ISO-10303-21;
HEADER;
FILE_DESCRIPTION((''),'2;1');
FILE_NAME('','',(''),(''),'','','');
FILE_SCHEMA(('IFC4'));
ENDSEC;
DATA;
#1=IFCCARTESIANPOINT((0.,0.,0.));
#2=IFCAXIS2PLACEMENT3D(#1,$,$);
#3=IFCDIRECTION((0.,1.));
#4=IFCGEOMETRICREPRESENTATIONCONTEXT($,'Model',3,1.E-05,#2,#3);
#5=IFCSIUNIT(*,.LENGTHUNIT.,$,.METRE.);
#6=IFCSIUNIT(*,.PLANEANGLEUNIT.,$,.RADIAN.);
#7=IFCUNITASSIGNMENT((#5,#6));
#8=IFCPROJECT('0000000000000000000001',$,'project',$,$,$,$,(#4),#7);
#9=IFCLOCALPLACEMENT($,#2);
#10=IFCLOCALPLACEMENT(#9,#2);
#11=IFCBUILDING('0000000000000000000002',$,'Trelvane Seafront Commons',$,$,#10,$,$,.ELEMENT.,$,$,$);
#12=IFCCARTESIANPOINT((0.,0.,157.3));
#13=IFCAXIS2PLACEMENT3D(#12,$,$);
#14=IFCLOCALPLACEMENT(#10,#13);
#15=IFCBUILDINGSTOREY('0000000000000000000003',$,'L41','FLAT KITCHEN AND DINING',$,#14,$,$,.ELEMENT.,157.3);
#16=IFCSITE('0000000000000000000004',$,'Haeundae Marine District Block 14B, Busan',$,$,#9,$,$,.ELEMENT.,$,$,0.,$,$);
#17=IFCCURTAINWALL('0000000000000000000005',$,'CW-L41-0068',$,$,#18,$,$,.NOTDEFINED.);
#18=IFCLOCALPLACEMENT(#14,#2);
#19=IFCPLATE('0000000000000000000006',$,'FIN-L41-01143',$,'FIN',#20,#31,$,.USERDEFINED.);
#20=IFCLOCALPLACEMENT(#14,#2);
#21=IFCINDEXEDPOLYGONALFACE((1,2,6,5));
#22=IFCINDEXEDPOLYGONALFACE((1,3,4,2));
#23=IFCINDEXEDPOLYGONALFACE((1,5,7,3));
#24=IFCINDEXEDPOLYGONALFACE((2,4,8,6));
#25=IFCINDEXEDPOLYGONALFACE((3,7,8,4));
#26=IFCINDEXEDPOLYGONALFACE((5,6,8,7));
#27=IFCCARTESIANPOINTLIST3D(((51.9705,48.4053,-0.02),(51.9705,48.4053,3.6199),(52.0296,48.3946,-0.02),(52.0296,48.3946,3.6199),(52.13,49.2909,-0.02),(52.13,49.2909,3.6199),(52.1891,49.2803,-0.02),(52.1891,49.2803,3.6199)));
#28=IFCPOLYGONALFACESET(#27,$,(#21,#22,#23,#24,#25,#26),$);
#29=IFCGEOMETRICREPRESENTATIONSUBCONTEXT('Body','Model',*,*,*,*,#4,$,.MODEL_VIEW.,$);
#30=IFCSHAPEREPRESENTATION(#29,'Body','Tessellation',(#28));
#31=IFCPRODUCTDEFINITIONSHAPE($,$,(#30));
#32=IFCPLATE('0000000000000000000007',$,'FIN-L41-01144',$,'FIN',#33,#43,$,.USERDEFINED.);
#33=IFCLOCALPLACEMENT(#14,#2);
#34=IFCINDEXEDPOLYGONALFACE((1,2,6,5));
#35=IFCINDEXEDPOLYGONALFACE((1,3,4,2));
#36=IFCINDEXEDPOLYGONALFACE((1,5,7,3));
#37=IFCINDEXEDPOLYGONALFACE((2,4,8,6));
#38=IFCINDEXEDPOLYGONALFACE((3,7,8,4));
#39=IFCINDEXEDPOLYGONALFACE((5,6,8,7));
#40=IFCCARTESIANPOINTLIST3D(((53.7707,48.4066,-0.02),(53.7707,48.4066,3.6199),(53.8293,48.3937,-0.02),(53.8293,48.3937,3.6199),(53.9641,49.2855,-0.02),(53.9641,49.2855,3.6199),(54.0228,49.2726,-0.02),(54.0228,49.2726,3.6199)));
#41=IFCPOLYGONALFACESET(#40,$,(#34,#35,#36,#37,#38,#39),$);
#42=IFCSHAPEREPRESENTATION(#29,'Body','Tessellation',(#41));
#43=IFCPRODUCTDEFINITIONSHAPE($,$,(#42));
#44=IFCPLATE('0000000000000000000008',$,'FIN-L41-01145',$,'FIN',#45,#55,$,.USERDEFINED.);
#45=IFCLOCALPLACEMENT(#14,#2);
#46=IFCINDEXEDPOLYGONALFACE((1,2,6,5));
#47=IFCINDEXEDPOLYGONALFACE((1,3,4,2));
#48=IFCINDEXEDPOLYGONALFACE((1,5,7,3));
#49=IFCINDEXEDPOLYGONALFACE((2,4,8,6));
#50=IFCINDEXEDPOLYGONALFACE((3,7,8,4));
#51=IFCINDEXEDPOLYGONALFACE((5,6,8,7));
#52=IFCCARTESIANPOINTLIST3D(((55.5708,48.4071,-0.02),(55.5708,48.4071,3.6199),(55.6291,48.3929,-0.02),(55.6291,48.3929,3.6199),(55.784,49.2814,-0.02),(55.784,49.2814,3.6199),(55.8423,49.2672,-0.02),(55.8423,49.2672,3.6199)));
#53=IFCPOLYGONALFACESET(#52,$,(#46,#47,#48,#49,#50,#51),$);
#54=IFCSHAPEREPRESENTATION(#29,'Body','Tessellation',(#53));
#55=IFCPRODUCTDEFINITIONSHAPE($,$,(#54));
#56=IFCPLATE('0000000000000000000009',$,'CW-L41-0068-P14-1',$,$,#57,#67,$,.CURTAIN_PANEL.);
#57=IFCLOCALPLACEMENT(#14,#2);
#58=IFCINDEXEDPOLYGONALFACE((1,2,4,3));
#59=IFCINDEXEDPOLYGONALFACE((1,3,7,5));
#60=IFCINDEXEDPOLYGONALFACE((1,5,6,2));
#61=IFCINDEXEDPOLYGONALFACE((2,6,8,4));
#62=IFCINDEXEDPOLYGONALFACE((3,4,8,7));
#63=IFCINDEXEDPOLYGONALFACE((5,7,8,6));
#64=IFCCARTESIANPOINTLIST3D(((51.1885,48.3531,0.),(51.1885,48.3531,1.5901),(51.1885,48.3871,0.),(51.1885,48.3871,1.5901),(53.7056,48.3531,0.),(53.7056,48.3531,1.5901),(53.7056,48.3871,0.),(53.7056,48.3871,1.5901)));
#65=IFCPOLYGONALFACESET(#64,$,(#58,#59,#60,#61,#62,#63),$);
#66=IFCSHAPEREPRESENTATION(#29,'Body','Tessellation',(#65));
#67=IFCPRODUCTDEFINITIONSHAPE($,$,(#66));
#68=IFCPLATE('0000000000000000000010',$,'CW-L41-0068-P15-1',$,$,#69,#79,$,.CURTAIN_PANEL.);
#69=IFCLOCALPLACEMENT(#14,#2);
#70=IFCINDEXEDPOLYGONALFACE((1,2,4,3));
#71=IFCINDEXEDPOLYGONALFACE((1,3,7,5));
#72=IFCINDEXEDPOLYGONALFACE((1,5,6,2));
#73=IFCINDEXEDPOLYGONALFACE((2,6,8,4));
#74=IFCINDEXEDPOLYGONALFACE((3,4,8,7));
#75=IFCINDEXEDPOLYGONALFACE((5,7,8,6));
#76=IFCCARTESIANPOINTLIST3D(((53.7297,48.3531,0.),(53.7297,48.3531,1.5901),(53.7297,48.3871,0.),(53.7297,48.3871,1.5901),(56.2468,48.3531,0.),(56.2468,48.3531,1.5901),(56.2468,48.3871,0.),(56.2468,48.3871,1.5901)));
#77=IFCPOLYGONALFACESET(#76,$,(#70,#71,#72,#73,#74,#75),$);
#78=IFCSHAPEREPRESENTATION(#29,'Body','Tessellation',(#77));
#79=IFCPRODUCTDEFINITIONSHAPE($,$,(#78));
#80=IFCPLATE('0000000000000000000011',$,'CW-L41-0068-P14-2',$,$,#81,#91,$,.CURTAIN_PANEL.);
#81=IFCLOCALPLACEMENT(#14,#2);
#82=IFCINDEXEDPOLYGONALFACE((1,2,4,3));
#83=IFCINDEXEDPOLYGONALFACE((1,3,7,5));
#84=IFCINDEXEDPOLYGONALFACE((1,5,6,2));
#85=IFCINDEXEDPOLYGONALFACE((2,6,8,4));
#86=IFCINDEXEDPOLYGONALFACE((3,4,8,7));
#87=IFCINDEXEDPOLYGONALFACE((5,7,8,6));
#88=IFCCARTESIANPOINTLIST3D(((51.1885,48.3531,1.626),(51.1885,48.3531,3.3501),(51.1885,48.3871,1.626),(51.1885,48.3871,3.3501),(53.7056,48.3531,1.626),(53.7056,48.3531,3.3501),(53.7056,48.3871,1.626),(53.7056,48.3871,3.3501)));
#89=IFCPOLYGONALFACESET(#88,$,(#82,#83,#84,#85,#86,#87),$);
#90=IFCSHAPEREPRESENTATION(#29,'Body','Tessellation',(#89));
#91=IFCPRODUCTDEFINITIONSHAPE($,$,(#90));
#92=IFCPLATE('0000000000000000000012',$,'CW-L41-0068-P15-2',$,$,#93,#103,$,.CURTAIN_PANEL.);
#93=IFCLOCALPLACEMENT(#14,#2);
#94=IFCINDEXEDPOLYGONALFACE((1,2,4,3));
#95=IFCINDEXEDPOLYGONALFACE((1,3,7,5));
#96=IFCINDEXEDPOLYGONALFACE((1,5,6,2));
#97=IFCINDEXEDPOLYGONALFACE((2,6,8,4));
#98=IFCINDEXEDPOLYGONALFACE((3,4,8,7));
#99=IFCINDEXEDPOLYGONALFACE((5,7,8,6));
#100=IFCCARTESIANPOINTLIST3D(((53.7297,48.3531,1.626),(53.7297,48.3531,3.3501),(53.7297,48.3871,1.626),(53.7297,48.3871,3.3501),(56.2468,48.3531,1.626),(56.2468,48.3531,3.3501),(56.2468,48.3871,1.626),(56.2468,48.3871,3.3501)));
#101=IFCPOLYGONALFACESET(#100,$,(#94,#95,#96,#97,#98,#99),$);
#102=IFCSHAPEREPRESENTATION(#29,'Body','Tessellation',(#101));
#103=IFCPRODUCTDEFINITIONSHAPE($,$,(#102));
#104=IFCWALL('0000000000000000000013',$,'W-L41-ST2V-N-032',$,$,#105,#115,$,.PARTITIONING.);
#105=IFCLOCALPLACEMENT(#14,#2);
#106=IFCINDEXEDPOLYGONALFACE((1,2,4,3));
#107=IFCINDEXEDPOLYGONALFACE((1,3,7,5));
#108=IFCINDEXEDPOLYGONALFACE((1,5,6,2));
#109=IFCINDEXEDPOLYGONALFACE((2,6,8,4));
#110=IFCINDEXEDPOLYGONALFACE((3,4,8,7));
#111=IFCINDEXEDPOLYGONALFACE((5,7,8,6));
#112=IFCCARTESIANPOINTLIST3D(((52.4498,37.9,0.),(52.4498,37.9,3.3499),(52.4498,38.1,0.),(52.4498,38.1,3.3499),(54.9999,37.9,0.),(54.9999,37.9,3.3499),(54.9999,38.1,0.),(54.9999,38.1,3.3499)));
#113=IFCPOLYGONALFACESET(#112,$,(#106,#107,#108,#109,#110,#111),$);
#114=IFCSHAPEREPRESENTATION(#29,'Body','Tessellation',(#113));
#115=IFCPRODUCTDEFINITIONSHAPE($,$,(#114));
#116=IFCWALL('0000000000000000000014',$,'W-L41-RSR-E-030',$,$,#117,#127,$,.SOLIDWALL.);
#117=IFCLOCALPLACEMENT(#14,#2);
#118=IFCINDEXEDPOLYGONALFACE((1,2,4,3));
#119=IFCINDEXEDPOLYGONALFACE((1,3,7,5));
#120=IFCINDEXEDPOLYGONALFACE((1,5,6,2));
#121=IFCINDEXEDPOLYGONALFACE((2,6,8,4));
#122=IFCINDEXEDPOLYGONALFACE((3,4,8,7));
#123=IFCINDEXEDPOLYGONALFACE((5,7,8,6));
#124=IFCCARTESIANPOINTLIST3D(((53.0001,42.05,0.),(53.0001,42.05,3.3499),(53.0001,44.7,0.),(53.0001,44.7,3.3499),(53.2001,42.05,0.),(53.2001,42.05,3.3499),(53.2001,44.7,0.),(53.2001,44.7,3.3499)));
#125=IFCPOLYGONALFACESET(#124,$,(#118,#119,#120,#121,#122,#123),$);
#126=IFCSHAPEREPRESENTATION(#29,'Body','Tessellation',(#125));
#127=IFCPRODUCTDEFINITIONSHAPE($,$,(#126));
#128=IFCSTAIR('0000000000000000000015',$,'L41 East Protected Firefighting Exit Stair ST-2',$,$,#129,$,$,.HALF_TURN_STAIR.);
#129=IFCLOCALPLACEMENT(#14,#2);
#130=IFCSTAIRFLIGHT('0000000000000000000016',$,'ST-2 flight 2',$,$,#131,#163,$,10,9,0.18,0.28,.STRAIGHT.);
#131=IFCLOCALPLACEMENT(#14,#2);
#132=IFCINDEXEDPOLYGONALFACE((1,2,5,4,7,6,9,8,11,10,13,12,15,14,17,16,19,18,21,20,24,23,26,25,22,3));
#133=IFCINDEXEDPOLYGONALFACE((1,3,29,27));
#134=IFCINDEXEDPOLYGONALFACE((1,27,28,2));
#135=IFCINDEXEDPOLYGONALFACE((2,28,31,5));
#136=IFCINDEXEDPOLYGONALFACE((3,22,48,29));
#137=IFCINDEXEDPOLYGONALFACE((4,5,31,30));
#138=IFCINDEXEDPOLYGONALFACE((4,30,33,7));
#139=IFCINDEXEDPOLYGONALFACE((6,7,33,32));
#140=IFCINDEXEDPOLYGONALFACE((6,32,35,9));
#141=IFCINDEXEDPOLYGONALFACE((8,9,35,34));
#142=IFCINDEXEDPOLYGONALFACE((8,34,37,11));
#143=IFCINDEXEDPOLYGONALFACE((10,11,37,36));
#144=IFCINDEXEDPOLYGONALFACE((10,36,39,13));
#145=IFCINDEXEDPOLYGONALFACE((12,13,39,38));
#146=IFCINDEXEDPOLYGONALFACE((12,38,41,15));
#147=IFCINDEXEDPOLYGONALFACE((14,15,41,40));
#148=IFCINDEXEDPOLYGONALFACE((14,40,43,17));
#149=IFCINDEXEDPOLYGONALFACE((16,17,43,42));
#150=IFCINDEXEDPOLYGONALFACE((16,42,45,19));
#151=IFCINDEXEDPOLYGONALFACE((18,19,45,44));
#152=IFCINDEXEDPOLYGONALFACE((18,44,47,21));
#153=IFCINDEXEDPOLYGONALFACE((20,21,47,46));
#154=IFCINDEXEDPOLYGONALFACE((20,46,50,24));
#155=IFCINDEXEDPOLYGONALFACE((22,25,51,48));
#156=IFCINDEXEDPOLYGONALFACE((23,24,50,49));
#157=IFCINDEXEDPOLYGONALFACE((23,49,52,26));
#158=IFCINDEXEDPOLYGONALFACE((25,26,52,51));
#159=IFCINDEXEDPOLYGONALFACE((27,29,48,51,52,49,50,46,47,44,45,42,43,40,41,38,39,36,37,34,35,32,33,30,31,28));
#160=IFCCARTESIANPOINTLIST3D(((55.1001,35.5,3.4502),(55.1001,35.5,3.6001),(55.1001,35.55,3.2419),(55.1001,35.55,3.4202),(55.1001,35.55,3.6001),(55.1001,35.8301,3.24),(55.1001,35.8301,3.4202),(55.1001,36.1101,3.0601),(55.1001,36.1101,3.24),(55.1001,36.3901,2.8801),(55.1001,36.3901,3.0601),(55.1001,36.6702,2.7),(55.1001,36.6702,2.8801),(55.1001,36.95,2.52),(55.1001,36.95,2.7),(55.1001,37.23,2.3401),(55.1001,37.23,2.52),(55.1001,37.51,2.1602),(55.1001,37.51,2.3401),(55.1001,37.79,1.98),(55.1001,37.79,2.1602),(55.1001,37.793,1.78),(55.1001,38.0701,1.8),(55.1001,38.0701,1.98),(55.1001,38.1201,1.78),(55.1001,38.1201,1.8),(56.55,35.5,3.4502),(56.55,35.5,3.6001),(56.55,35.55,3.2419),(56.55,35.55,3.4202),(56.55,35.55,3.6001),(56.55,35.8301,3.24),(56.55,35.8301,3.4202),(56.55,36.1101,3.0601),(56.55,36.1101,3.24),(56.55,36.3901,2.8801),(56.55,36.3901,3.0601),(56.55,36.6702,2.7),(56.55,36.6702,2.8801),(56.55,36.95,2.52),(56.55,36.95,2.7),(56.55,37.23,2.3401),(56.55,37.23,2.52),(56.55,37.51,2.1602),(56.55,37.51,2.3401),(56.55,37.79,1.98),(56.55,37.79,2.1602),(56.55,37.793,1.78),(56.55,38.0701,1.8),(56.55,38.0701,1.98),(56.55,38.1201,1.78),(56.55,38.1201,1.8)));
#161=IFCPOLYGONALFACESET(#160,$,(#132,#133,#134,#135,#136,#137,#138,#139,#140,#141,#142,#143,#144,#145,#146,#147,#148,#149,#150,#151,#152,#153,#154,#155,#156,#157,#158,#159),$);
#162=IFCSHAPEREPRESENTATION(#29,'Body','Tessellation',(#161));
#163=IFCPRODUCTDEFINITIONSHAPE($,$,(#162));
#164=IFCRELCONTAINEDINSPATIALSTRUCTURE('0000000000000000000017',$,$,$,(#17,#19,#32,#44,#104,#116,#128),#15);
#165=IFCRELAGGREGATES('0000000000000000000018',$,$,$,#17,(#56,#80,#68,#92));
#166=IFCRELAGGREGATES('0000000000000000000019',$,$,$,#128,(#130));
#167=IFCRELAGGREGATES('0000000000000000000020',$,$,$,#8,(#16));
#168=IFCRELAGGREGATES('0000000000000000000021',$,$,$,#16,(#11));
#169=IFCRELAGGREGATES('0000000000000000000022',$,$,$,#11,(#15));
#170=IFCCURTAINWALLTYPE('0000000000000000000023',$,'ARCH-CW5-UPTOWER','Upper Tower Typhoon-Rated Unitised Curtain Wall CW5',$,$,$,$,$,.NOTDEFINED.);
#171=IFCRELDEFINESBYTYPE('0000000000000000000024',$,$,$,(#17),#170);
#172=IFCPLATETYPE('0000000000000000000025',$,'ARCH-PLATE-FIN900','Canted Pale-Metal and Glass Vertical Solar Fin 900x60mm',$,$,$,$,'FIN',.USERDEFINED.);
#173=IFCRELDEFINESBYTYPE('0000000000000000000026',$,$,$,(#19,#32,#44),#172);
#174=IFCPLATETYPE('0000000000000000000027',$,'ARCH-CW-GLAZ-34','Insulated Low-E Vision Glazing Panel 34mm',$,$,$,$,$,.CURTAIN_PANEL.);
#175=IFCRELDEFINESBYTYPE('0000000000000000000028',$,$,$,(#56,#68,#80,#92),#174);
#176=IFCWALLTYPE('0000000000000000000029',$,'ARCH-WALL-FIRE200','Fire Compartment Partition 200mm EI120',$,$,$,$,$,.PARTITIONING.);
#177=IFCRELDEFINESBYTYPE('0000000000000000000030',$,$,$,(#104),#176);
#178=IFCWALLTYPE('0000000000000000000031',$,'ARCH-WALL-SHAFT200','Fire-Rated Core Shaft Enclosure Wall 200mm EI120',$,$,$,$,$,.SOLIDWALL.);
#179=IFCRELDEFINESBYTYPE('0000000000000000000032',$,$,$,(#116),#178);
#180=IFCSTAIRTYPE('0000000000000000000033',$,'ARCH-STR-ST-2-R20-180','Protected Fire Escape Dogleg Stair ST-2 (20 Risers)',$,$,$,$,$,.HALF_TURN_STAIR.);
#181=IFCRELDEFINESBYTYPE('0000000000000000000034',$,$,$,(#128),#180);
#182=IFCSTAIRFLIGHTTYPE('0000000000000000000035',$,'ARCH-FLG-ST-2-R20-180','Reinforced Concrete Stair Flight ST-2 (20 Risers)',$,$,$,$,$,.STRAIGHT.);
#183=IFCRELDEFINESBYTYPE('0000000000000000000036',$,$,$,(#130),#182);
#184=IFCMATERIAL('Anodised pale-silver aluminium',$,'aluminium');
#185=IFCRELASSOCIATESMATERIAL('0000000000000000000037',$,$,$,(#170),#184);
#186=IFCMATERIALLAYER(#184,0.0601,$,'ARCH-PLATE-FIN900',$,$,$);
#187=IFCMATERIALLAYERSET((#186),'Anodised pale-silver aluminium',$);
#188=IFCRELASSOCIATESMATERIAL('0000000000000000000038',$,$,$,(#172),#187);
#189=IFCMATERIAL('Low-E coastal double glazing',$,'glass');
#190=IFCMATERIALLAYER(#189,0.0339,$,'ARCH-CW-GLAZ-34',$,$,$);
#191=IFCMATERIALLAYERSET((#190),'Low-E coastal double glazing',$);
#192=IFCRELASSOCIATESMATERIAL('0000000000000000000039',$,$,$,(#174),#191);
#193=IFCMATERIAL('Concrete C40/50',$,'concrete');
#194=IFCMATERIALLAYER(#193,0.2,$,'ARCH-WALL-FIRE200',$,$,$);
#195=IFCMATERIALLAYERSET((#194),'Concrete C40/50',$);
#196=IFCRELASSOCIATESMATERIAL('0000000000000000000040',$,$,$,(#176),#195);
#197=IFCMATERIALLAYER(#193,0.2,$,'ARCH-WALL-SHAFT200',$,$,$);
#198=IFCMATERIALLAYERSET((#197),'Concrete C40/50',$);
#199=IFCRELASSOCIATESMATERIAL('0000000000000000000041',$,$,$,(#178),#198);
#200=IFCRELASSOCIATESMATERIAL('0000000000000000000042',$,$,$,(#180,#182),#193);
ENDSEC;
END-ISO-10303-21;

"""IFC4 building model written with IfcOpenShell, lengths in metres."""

from ifc_helpers import new_model, si_unit, direction, frame, frame_2d, origin, origin_2d, place, context, subcontext, project, spatial, polyline, rectangle, outline, extrude, source, transform, mapped, material, layer, layer_set, type_object, element, aggregate, save


model = new_model("IFC4")

# Units and contexts
model_context = context("Model", 3, precision=1e-05, world=origin(), true_north=direction((0.0, 1.0)))
body_context = subcontext(model_context, "Body", "Model", "MODEL_VIEW")
ifc_project = project(units=[si_unit("LENGTHUNIT", "METRE"), si_unit("PLANEANGLEUNIT", "RADIAN")], contexts=[model_context])

# Site, building, storey
site_placement = place(None, origin())
site = spatial("IfcSite", under=ifc_project, at=site_placement, Name="Haeundae Marine District Block 14B, Busan", CompositionType="ELEMENT", RefElevation=0.0)
building_placement = place(site_placement, origin())
building = spatial("IfcBuilding", under=site, at=building_placement, Name="Trelvane Seafront Commons", CompositionType="ELEMENT")
storey_placement = place(building_placement, frame((0.0, 0.0, 157.3)))
storey = spatial("IfcBuildingStorey", under=building, at=storey_placement, Name="L41", Description="FLAT KITCHEN AND DINING", CompositionType="ELEMENT", Elevation=157.3)

# Curtain wall
ifc_material_1 = material(Name="Anodised pale-silver aluminium", Category="aluminium")
curtain_wall_type = type_object("IfcCurtainWallType", Name="ARCH-CW5-UPTOWER", Description="Upper Tower Typhoon-Rated Unitised Curtain Wall CW5", PredefinedType="NOTDEFINED", material=ifc_material_1)
curtain_wall_placement = place(storey_placement, origin())
curtain_wall = element("IfcCurtainWall", 1, at=curtain_wall_placement, inside=storey, type_object=curtain_wall_type, Name="CW-L41-0068", PredefinedType="NOTDEFINED")

# Plates
ifc_layer_1 = layer(ifc_material_1, 0.0601, Name="ARCH-PLATE-FIN900")
ifc_layer_set_1 = layer_set([ifc_layer_1], Name="Anodised pale-silver aluminium")
plate_type_1 = type_object("IfcPlateType", Name="ARCH-PLATE-FIN900", Description="Canted Pale-Metal and Glass Vertical Solar Fin 900x60mm", ElementType="FIN", PredefinedType="USERDEFINED", material=ifc_layer_set_1)
shared_shape_1 = source(origin(), body_context, "Body", "SweptSolid", [
    extrude(rectangle(XDim=0.8999, YDim=0.0601, at=origin_2d()), origin(), (0.0, 0.0, 1.0), 3.6399),
])
for number, where, z_axis, x_axis, name in (
    (2, (52.0798, 48.8428, -0.02), (0.0, 0.0, 1.0), (0.177232, 0.984169, 0.0), "FIN-L41-01143"),
    (3, (53.8967, 48.8396, -0.02), (0.0, 0.0, 1.0), (0.214989, 0.976616, 0.0), "FIN-L41-01144"),
    (4, (55.7065, 48.8372, -0.02), (0.0, 0.0, 1.0), (0.236884, 0.971538, 0.0), "FIN-L41-01145"),
):
    element("IfcPlate", number, at=place(storey_placement, frame(where, z_axis=z_axis, x_axis=x_axis)), inside=storey, type_object=plate_type_1, Name=name, ObjectType="FIN", PredefinedType="USERDEFINED", context=body_context, shape_type="MappedRepresentation", body=[
        mapped(shared_shape_1, transform((0.0, 0.0, 0.0), x_axis=(1.0, 0.0, 0.0), y_axis=(0.0, 1.0, 0.0), z_axis=(0.0, 0.0, 1.0), scale=1.0)),
    ])

# Plates
ifc_material_2 = material(Name="Low-E coastal double glazing", Category="glass")
ifc_layer_2 = layer(ifc_material_2, 0.0339, Name="ARCH-CW-GLAZ-34")
ifc_layer_set_2 = layer_set([ifc_layer_2], Name="Low-E coastal double glazing")
plate_type_2 = type_object("IfcPlateType", Name="ARCH-CW-GLAZ-34", Description="Insulated Low-E Vision Glazing Panel 34mm", PredefinedType="CURTAIN_PANEL", material=ifc_layer_set_2)
shared_shape_2 = source(origin(), body_context, "Body", "SweptSolid", [
    extrude(rectangle(XDim=2.5171, YDim=0.0339, at=origin_2d()), origin(), (0.0, 0.0, 1.0), 1.5901),
])
plate_1_placement = place(storey_placement, frame((52.447, 48.3701, 0.0), z_axis=(0.0, 0.0, 1.0), x_axis=(1.0, 0.0, 0.0)))
plate_1 = element("IfcPlate", 5, at=plate_1_placement, type_object=plate_type_2, Name="CW-L41-0068-P14-1", PredefinedType="CURTAIN_PANEL", context=body_context, shape_type="MappedRepresentation", body=[
    mapped(shared_shape_2, transform((0.0, 0.0, 0.0), x_axis=(1.0, 0.0, 0.0), y_axis=(0.0, 1.0, 0.0), z_axis=(0.0, 0.0, 1.0), scale=1.0)),
])
plate_2_placement = place(storey_placement, frame((54.9883, 48.3701, 0.0), z_axis=(0.0, 0.0, 1.0), x_axis=(1.0, 0.0, 0.0)))
plate_2 = element("IfcPlate", 6, at=plate_2_placement, type_object=plate_type_2, Name="CW-L41-0068-P15-1", PredefinedType="CURTAIN_PANEL", context=body_context, shape_type="MappedRepresentation", body=[
    mapped(shared_shape_2, transform((0.0, 0.0, 0.0), x_axis=(1.0, 0.0, 0.0), y_axis=(0.0, 1.0, 0.0), z_axis=(0.0, 0.0, 1.0), scale=1.0)),
])
shared_shape_3 = source(origin(), body_context, "Body", "SweptSolid", [
    extrude(rectangle(XDim=2.5171, YDim=0.0339, at=origin_2d()), origin(), (0.0, 0.0, 1.0), 1.7241),
])
plate_3_placement = place(storey_placement, frame((52.447, 48.3701, 1.626), z_axis=(0.0, 0.0, 1.0), x_axis=(1.0, 0.0, 0.0)))
plate_3 = element("IfcPlate", 7, at=plate_3_placement, type_object=plate_type_2, Name="CW-L41-0068-P14-2", PredefinedType="CURTAIN_PANEL", context=body_context, shape_type="MappedRepresentation", body=[
    mapped(shared_shape_3, transform((0.0, 0.0, 0.0), x_axis=(1.0, 0.0, 0.0), y_axis=(0.0, 1.0, 0.0), z_axis=(0.0, 0.0, 1.0), scale=1.0)),
])
plate_4_placement = place(storey_placement, frame((54.9883, 48.3701, 1.626), z_axis=(0.0, 0.0, 1.0), x_axis=(1.0, 0.0, 0.0)))
plate_4 = element("IfcPlate", 8, at=plate_4_placement, type_object=plate_type_2, Name="CW-L41-0068-P15-2", PredefinedType="CURTAIN_PANEL", context=body_context, shape_type="MappedRepresentation", body=[
    mapped(shared_shape_3, transform((0.0, 0.0, 0.0), x_axis=(1.0, 0.0, 0.0), y_axis=(0.0, 1.0, 0.0), z_axis=(0.0, 0.0, 1.0), scale=1.0)),
])
aggregate(curtain_wall, [plate_1, plate_3, plate_2, plate_4])

# Walls
ifc_material_3 = material(Name="Concrete C40/50", Category="concrete")
ifc_layer_3 = layer(ifc_material_3, 0.2, Name="ARCH-WALL-FIRE200")
ifc_layer_set_3 = layer_set([ifc_layer_3], Name="Concrete C40/50")
wall_type_1 = type_object("IfcWallType", Name="ARCH-WALL-FIRE200", Description="Fire Compartment Partition 200mm EI120", PredefinedType="PARTITIONING", material=ifc_layer_set_3)
wall_1_placement = place(storey_placement, frame((52.45, 38.0, 0.0), z_axis=(0.0, 0.0, 1.0), x_axis=(1.0, 0.0, 0.0)))
element("IfcWall", 9, at=wall_1_placement, inside=storey, type_object=wall_type_1, Name="W-L41-ST2V-N-032", PredefinedType="PARTITIONING", context=body_context, shape_type="SweptSolid", body=[
    extrude(rectangle(XDim=2.55, YDim=0.2, at=frame_2d((1.2749, 0.0))), origin(), (0.0, 0.0, 1.0), 3.3499),
])
ifc_layer_4 = layer(ifc_material_3, 0.2, Name="ARCH-WALL-SHAFT200")
ifc_layer_set_4 = layer_set([ifc_layer_4], Name="Concrete C40/50")
wall_type_2 = type_object("IfcWallType", Name="ARCH-WALL-SHAFT200", Description="Fire-Rated Core Shaft Enclosure Wall 200mm EI120", PredefinedType="SOLIDWALL", material=ifc_layer_set_4)
wall_2_placement = place(storey_placement, frame((53.1001, 42.05, 0.0), z_axis=(0.0, 0.0, 1.0), x_axis=(0.0, 1.0, 0.0)))
element("IfcWall", 10, at=wall_2_placement, inside=storey, type_object=wall_type_2, Name="W-L41-RSR-E-030", PredefinedType="SOLIDWALL", context=body_context, shape_type="SweptSolid", body=[
    extrude(rectangle(XDim=2.6499, YDim=0.2, at=frame_2d((1.325, 0.0))), origin(), (0.0, 0.0, 1.0), 3.3499),
])

# Stair, stair flight
stair_type = type_object("IfcStairType", Name="ARCH-STR-ST-2-R20-180", Description="Protected Fire Escape Dogleg Stair ST-2 (20 Risers)", PredefinedType="HALF_TURN_STAIR", material=ifc_material_3)
stair_placement = place(storey_placement, origin())
stair = element("IfcStair", 11, at=stair_placement, inside=storey, type_object=stair_type, Name="L41 East Protected Firefighting Exit Stair ST-2", PredefinedType="HALF_TURN_STAIR")
stair_flight_type = type_object("IfcStairFlightType", Name="ARCH-FLG-ST-2-R20-180", Description="Reinforced Concrete Stair Flight ST-2 (20 Risers)", PredefinedType="STRAIGHT", material=ifc_material_3)
shared_shape_4 = source(origin(), body_context, "Body", "SweptSolid", [
    extrude(outline(polyline([(-0.05, -0.02), (-0.05, 0.0), (0.0, 0.0), (0.0, 0.1799), (0.28, 0.1799), (0.28, 0.3601), (0.5601, 0.3601), (0.5601, 0.54), (0.8401, 0.54), (0.8401, 0.72), (1.1201, 0.72), (1.1201, 0.8999), (1.3999, 0.8999), (1.3999, 1.0801), (1.6799, 1.0801), (1.6799, 1.26), (1.96, 1.26), (1.96, 1.4399), (2.24, 1.4399), (2.24, 1.6201), (2.52, 1.6201), (2.52, 1.8), (2.5701, 1.8), (2.5701, 1.6501), (2.52, 1.4419), (0.2771, -0.02), (-0.05, -0.02)])), frame((0.0, 0.7251, 0.0), z_axis=(0.0, -1.0, 0.0), x_axis=(1.0, 0.0, 0.0)), (0.0, 0.0, 1.0), 1.45),
])
stair_flight_placement = place(storey_placement, frame((55.825, 38.0701, 1.8), z_axis=(0.0, 0.0, 1.0), x_axis=(0.0, -1.0, 0.0)))
stair_flight = element("IfcStairFlight", 12, at=stair_flight_placement, type_object=stair_flight_type, Name="ST-2 flight 2", NumberOfRisers=10, NumberOfTreads=9, PredefinedType="STRAIGHT", RiserHeight=0.18, TreadLength=0.28, context=body_context, shape_type="MappedRepresentation", body=[
    mapped(shared_shape_4, transform((0.0, 0.0, 0.0), x_axis=(1.0, 0.0, 0.0), y_axis=(0.0, 1.0, 0.0), z_axis=(0.0, 0.0, 1.0), scale=1.0)),
])
aggregate(stair, [stair_flight])

save(model, "model.ifc")
